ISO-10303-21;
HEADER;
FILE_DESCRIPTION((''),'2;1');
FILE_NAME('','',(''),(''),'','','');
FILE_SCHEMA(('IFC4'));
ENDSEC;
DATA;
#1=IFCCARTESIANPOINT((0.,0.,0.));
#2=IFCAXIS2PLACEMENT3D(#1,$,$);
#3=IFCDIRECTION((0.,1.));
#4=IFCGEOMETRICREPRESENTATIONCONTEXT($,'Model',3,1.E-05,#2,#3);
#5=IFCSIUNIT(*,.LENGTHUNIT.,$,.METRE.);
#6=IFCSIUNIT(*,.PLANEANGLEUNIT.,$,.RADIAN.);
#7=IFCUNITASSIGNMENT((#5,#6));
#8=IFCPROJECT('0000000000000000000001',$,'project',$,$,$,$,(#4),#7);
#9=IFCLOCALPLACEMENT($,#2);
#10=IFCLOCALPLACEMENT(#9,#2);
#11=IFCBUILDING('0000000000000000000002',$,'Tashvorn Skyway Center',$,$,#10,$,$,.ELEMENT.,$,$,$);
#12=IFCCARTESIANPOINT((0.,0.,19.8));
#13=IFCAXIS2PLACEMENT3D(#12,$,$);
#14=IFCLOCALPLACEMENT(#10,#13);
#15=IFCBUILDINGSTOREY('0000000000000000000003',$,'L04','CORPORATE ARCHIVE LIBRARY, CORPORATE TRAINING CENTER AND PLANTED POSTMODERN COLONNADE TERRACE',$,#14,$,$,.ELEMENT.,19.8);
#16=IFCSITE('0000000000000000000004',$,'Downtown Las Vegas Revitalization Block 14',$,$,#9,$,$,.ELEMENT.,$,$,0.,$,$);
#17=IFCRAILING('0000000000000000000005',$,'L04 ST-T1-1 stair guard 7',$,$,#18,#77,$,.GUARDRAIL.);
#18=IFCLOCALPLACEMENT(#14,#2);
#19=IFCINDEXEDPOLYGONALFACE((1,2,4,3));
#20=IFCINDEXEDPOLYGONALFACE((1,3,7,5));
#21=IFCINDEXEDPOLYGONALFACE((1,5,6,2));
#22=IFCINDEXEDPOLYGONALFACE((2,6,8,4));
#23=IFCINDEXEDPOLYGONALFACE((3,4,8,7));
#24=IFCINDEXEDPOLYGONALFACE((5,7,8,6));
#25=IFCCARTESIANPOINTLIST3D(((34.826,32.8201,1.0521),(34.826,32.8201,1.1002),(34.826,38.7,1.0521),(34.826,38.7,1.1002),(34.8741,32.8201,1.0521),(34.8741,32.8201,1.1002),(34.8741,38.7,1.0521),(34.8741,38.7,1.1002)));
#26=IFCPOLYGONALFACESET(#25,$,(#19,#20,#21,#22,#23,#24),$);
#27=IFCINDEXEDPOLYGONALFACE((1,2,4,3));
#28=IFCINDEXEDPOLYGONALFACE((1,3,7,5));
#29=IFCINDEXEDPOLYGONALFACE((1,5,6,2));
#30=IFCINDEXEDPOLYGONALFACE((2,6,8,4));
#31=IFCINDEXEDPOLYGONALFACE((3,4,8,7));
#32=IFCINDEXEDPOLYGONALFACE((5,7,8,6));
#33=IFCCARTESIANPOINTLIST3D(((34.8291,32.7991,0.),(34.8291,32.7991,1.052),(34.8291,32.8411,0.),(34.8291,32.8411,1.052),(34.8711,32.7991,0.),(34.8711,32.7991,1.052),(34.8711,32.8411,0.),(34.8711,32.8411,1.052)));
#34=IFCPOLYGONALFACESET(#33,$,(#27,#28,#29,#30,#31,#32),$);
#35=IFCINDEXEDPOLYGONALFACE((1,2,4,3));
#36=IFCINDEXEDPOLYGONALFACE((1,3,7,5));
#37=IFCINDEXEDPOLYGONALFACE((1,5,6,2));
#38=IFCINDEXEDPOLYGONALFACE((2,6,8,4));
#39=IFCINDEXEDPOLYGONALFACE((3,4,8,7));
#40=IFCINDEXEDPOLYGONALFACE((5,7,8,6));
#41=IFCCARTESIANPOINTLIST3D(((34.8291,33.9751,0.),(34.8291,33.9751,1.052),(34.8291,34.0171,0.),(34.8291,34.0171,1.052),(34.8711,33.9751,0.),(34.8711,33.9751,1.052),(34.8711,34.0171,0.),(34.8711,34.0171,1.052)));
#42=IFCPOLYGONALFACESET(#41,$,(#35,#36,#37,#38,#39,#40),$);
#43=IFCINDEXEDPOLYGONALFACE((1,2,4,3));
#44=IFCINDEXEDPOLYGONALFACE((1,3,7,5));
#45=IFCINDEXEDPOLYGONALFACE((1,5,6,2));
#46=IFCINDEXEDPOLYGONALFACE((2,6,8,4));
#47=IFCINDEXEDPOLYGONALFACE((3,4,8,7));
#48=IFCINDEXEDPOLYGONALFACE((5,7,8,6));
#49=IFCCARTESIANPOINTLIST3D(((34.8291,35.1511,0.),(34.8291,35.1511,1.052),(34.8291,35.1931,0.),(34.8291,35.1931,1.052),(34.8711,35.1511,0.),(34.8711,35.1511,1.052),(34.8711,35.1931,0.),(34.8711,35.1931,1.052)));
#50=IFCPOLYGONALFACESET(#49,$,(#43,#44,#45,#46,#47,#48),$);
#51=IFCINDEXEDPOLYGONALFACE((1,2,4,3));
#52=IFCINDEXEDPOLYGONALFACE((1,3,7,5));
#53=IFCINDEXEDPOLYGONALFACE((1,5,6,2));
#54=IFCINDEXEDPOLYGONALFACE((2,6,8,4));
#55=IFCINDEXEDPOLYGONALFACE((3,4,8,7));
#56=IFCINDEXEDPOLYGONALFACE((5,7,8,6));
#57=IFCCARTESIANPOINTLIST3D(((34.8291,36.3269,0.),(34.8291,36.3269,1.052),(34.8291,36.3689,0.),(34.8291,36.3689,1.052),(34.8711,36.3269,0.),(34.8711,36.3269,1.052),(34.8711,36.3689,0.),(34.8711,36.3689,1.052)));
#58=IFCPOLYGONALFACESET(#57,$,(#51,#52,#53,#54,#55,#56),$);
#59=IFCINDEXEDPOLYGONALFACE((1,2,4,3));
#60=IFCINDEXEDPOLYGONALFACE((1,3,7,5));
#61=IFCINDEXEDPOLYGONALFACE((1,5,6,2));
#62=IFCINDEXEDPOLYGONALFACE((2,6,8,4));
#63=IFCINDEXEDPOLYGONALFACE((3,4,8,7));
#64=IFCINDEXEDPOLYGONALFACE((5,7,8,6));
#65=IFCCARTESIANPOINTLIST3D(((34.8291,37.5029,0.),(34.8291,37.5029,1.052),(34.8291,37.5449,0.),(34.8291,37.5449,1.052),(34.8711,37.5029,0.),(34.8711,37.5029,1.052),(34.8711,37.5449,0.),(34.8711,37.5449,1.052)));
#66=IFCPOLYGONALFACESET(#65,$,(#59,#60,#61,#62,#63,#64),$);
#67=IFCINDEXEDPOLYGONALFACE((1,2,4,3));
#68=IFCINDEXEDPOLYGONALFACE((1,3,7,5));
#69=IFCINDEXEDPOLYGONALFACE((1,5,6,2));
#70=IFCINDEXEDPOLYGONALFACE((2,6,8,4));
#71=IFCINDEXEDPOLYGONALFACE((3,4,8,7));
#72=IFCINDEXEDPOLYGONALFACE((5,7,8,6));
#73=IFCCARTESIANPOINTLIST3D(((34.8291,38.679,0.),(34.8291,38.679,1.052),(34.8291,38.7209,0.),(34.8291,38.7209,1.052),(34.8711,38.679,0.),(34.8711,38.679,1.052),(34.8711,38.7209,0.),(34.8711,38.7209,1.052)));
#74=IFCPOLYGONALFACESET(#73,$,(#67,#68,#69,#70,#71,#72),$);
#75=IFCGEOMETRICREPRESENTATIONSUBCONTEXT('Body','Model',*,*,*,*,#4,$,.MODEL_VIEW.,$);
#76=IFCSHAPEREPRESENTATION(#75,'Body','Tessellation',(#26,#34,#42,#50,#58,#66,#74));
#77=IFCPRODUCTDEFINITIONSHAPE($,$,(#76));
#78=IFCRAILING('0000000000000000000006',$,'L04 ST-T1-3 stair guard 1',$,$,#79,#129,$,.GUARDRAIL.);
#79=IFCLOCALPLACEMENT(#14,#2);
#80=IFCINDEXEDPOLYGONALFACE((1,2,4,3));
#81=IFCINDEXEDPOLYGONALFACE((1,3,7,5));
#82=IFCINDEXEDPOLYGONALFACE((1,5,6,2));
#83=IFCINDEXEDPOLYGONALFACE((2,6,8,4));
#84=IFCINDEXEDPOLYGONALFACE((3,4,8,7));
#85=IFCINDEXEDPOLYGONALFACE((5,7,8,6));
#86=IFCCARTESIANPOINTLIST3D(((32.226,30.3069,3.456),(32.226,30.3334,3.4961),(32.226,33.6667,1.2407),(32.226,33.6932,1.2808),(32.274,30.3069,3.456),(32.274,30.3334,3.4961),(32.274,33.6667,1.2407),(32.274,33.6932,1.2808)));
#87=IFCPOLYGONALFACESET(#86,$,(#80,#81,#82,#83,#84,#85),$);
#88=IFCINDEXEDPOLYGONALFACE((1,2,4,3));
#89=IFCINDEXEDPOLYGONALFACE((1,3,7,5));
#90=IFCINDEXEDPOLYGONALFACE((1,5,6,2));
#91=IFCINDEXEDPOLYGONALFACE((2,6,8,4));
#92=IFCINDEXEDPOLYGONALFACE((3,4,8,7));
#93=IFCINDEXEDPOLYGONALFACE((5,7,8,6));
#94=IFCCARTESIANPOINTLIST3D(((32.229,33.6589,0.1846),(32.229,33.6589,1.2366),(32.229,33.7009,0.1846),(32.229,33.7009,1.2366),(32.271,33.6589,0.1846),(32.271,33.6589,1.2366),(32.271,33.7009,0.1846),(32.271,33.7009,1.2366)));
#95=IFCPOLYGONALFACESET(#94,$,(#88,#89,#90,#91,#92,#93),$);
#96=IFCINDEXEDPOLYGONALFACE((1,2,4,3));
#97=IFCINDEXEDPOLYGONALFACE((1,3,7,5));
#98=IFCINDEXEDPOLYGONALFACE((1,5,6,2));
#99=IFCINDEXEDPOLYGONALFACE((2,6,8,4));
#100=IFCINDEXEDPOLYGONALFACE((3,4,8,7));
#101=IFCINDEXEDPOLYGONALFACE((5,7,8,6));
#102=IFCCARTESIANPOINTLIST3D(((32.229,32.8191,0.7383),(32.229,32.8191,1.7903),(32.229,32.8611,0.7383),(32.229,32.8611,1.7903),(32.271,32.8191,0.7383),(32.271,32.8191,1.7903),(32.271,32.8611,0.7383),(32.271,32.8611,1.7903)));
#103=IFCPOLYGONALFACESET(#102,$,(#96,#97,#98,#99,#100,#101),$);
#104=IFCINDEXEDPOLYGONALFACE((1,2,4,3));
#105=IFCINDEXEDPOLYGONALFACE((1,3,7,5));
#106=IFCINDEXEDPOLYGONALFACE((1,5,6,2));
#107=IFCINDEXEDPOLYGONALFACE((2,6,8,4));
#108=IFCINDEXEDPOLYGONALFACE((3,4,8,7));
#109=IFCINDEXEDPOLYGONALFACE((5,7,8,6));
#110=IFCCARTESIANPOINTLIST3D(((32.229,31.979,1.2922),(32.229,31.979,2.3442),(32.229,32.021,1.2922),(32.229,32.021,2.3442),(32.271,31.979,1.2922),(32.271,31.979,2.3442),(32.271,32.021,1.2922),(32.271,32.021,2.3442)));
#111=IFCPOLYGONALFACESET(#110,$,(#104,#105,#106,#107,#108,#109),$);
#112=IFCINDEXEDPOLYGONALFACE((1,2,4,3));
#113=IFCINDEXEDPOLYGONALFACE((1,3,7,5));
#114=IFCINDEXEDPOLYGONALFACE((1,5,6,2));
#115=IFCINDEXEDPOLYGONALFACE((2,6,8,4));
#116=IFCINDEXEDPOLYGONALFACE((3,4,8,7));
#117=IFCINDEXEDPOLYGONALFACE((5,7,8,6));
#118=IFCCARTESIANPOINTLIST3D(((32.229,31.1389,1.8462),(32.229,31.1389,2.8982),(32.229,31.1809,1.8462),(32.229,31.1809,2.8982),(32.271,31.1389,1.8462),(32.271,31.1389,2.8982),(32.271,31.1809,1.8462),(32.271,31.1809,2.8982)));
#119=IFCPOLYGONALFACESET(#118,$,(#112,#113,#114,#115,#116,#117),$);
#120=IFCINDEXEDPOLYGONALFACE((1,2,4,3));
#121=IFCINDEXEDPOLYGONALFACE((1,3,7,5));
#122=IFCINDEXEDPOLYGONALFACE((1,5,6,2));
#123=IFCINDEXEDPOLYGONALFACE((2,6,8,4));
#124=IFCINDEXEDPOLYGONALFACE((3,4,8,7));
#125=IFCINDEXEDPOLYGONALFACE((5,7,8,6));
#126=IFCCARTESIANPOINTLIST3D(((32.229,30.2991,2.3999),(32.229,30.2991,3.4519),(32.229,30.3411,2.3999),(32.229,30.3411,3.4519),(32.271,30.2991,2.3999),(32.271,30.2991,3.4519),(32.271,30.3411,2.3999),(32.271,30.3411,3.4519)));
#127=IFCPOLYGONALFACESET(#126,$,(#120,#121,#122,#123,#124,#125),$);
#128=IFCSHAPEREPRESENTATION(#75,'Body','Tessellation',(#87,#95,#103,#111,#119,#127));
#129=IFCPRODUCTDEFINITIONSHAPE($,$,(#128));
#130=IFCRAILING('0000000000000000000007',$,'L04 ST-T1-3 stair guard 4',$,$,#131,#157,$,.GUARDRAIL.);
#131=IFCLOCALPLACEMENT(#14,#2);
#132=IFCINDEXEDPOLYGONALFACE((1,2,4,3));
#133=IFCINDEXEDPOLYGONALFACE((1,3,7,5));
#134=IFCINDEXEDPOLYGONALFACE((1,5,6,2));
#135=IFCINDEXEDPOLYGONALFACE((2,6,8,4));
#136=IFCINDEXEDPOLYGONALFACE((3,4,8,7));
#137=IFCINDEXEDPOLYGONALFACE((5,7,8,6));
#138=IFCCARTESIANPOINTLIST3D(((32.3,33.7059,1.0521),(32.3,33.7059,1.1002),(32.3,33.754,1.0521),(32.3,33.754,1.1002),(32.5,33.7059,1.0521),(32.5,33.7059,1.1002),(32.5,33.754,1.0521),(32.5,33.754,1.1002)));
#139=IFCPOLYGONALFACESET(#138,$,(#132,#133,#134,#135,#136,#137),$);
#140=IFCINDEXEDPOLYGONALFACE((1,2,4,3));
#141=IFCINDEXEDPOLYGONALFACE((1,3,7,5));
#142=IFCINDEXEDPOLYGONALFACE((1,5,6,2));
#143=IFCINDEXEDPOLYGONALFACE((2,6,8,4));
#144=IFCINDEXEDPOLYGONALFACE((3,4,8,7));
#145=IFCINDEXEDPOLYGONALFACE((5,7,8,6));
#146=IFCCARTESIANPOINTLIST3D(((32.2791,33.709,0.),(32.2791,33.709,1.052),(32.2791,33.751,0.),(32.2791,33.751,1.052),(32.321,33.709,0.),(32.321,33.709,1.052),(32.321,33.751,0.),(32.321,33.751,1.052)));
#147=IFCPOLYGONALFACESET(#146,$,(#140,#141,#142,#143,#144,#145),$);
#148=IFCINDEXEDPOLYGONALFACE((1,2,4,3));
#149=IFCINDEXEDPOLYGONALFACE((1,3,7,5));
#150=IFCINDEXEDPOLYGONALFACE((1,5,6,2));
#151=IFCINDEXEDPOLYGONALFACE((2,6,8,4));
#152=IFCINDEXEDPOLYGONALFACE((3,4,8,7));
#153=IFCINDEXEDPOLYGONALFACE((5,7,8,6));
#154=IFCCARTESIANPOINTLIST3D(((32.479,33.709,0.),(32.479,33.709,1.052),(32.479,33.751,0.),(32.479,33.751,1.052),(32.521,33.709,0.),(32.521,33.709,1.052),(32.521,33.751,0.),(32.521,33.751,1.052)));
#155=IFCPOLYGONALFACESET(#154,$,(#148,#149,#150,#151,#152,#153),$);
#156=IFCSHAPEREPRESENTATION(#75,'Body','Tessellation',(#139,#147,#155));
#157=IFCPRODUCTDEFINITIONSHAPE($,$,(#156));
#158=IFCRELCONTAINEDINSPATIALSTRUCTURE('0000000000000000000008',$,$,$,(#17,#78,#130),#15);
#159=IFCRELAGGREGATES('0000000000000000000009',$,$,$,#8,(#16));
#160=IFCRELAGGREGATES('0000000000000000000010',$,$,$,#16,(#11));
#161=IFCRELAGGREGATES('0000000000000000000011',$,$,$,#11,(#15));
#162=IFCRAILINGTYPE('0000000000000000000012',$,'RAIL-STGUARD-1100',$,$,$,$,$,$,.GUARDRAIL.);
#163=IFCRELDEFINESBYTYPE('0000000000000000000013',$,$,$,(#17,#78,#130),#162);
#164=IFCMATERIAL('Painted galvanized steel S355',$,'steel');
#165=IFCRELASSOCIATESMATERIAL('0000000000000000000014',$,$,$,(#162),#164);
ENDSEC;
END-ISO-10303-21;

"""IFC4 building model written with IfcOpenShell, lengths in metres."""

from ifc_helpers import new_model, si_unit, direction, frame, origin, origin_2d, place, context, subcontext, project, spatial, rectangle, extrude, material, type_object, element, save


model = new_model("IFC4")

# Units and contexts
model_context = context("Model", 3, precision=1e-05, world=origin(), true_north=direction((0.0, 1.0)))
body_context = subcontext(model_context, "Body", "Model", "MODEL_VIEW")
ifc_project = project(units=[si_unit("LENGTHUNIT", "METRE"), si_unit("PLANEANGLEUNIT", "RADIAN")], contexts=[model_context])

# Site, building, storey
site_placement = place(None, origin())
site = spatial("IfcSite", under=ifc_project, at=site_placement, Name="Downtown Las Vegas Revitalization Block 14", CompositionType="ELEMENT", RefElevation=0.0)
building_placement = place(site_placement, origin())
building = spatial("IfcBuilding", under=site, at=building_placement, Name="Tashvorn Skyway Center", CompositionType="ELEMENT")
storey_placement = place(building_placement, frame((0.0, 0.0, 19.8)))
storey = spatial("IfcBuildingStorey", under=building, at=storey_placement, Name="L04", Description="CORPORATE ARCHIVE LIBRARY, CORPORATE TRAINING CENTER AND PLANTED POSTMODERN COLONNADE TERRACE", CompositionType="ELEMENT", Elevation=19.8)

# Railings
ifc_material_1 = material(Name="Painted galvanized steel S355", Category="steel")
railing_type_1 = type_object("IfcRailingType", Name="RAIL-STGUARD-1100", PredefinedType="GUARDRAIL", material=ifc_material_1)
railing_1_placement = place(storey_placement, frame((34.8501, 32.8201, 0.0)))
element("IfcRailing", 1, at=railing_1_placement, inside=storey, type_object=railing_type_1, Name="L04 ST-T1-1 stair guard 7", PredefinedType="GUARDRAIL", context=body_context, shape_type="SweptSolid", body=[
    extrude(rectangle(XDim=0.0481, YDim=0.0481, at=origin_2d()), frame((0.0, 0.0, 1.0762), z_axis=(0.0, 1.0, 0.0), x_axis=(-1.0, 0.0, 0.0)), (0.0, 0.0, 1.0), 5.8799),
    extrude(rectangle(XDim=0.042, YDim=0.042, at=origin_2d()), origin(), (0.0, 0.0, 1.0), 1.052),
    extrude(rectangle(XDim=0.042, YDim=0.042, at=origin_2d()), frame((0.0, 1.176, 0.0)), (0.0, 0.0, 1.0), 1.052),
    extrude(rectangle(XDim=0.042, YDim=0.042, at=origin_2d()), frame((0.0, 2.3521, 0.0)), (0.0, 0.0, 1.0), 1.052),
    extrude(rectangle(XDim=0.042, YDim=0.042, at=origin_2d()), frame((0.0, 3.5278, 0.0)), (0.0, 0.0, 1.0), 1.052),
    extrude(rectangle(XDim=0.042, YDim=0.042, at=origin_2d()), frame((0.0, 4.7039, 0.0)), (0.0, 0.0, 1.0), 1.052),
    extrude(rectangle(XDim=0.042, YDim=0.042, at=origin_2d()), frame((0.0, 5.8799, 0.0)), (0.0, 0.0, 1.0), 1.052),
])
railing_2_placement = place(storey_placement, frame((32.25, 33.6799, 0.1846)))
element("IfcRailing", 2, at=railing_2_placement, inside=storey, type_object=railing_type_1, Name="L04 ST-T1-3 stair guard 1", PredefinedType="GUARDRAIL", context=body_context, shape_type="SweptSolid", body=[
    extrude(rectangle(XDim=0.0481, YDim=0.0481, at=origin_2d()), frame((0.0, 0.0, 1.0762), z_axis=(0.0, -0.834858, 0.550465), x_axis=(1.0, 0.0, 0.0)), (0.0, 0.0, 1.0), 4.0244),
    extrude(rectangle(XDim=0.042, YDim=0.042, at=origin_2d()), origin(), (0.0, 0.0, 1.0), 1.052),
    extrude(rectangle(XDim=0.042, YDim=0.042, at=origin_2d()), frame((0.0, -0.8398, 0.5537)), (0.0, 0.0, 1.0), 1.052),
    extrude(rectangle(XDim=0.042, YDim=0.042, at=origin_2d()), frame((0.0, -1.6799, 1.1077)), (0.0, 0.0, 1.0), 1.052),
    extrude(rectangle(XDim=0.042, YDim=0.042, at=origin_2d()), frame((0.0, -2.52, 1.6616)), (0.0, 0.0, 1.0), 1.052),
    extrude(rectangle(XDim=0.042, YDim=0.042, at=origin_2d()), frame((0.0, -3.3599, 2.2153)), (0.0, 0.0, 1.0), 1.052),
])
railing_3_placement = place(storey_placement, frame((32.3, 33.73, 0.0)))
element("IfcRailing", 3, at=railing_3_placement, inside=storey, type_object=railing_type_1, Name="L04 ST-T1-3 stair guard 4", PredefinedType="GUARDRAIL", context=body_context, shape_type="SweptSolid", body=[
    extrude(rectangle(XDim=0.0481, YDim=0.0481, at=origin_2d()), frame((0.0, 0.0, 1.0762), z_axis=(1.0, 0.0, 0.0), x_axis=(0.0, 1.0, 0.0)), (0.0, 0.0, 1.0), 0.2),
    extrude(rectangle(XDim=0.042, YDim=0.042, at=origin_2d()), origin(), (0.0, 0.0, 1.0), 1.052),
    extrude(rectangle(XDim=0.042, YDim=0.042, at=origin_2d()), frame((0.2, 0.0, 0.0)), (0.0, 0.0, 1.0), 1.052),
])

save(model, "model.ifc")
